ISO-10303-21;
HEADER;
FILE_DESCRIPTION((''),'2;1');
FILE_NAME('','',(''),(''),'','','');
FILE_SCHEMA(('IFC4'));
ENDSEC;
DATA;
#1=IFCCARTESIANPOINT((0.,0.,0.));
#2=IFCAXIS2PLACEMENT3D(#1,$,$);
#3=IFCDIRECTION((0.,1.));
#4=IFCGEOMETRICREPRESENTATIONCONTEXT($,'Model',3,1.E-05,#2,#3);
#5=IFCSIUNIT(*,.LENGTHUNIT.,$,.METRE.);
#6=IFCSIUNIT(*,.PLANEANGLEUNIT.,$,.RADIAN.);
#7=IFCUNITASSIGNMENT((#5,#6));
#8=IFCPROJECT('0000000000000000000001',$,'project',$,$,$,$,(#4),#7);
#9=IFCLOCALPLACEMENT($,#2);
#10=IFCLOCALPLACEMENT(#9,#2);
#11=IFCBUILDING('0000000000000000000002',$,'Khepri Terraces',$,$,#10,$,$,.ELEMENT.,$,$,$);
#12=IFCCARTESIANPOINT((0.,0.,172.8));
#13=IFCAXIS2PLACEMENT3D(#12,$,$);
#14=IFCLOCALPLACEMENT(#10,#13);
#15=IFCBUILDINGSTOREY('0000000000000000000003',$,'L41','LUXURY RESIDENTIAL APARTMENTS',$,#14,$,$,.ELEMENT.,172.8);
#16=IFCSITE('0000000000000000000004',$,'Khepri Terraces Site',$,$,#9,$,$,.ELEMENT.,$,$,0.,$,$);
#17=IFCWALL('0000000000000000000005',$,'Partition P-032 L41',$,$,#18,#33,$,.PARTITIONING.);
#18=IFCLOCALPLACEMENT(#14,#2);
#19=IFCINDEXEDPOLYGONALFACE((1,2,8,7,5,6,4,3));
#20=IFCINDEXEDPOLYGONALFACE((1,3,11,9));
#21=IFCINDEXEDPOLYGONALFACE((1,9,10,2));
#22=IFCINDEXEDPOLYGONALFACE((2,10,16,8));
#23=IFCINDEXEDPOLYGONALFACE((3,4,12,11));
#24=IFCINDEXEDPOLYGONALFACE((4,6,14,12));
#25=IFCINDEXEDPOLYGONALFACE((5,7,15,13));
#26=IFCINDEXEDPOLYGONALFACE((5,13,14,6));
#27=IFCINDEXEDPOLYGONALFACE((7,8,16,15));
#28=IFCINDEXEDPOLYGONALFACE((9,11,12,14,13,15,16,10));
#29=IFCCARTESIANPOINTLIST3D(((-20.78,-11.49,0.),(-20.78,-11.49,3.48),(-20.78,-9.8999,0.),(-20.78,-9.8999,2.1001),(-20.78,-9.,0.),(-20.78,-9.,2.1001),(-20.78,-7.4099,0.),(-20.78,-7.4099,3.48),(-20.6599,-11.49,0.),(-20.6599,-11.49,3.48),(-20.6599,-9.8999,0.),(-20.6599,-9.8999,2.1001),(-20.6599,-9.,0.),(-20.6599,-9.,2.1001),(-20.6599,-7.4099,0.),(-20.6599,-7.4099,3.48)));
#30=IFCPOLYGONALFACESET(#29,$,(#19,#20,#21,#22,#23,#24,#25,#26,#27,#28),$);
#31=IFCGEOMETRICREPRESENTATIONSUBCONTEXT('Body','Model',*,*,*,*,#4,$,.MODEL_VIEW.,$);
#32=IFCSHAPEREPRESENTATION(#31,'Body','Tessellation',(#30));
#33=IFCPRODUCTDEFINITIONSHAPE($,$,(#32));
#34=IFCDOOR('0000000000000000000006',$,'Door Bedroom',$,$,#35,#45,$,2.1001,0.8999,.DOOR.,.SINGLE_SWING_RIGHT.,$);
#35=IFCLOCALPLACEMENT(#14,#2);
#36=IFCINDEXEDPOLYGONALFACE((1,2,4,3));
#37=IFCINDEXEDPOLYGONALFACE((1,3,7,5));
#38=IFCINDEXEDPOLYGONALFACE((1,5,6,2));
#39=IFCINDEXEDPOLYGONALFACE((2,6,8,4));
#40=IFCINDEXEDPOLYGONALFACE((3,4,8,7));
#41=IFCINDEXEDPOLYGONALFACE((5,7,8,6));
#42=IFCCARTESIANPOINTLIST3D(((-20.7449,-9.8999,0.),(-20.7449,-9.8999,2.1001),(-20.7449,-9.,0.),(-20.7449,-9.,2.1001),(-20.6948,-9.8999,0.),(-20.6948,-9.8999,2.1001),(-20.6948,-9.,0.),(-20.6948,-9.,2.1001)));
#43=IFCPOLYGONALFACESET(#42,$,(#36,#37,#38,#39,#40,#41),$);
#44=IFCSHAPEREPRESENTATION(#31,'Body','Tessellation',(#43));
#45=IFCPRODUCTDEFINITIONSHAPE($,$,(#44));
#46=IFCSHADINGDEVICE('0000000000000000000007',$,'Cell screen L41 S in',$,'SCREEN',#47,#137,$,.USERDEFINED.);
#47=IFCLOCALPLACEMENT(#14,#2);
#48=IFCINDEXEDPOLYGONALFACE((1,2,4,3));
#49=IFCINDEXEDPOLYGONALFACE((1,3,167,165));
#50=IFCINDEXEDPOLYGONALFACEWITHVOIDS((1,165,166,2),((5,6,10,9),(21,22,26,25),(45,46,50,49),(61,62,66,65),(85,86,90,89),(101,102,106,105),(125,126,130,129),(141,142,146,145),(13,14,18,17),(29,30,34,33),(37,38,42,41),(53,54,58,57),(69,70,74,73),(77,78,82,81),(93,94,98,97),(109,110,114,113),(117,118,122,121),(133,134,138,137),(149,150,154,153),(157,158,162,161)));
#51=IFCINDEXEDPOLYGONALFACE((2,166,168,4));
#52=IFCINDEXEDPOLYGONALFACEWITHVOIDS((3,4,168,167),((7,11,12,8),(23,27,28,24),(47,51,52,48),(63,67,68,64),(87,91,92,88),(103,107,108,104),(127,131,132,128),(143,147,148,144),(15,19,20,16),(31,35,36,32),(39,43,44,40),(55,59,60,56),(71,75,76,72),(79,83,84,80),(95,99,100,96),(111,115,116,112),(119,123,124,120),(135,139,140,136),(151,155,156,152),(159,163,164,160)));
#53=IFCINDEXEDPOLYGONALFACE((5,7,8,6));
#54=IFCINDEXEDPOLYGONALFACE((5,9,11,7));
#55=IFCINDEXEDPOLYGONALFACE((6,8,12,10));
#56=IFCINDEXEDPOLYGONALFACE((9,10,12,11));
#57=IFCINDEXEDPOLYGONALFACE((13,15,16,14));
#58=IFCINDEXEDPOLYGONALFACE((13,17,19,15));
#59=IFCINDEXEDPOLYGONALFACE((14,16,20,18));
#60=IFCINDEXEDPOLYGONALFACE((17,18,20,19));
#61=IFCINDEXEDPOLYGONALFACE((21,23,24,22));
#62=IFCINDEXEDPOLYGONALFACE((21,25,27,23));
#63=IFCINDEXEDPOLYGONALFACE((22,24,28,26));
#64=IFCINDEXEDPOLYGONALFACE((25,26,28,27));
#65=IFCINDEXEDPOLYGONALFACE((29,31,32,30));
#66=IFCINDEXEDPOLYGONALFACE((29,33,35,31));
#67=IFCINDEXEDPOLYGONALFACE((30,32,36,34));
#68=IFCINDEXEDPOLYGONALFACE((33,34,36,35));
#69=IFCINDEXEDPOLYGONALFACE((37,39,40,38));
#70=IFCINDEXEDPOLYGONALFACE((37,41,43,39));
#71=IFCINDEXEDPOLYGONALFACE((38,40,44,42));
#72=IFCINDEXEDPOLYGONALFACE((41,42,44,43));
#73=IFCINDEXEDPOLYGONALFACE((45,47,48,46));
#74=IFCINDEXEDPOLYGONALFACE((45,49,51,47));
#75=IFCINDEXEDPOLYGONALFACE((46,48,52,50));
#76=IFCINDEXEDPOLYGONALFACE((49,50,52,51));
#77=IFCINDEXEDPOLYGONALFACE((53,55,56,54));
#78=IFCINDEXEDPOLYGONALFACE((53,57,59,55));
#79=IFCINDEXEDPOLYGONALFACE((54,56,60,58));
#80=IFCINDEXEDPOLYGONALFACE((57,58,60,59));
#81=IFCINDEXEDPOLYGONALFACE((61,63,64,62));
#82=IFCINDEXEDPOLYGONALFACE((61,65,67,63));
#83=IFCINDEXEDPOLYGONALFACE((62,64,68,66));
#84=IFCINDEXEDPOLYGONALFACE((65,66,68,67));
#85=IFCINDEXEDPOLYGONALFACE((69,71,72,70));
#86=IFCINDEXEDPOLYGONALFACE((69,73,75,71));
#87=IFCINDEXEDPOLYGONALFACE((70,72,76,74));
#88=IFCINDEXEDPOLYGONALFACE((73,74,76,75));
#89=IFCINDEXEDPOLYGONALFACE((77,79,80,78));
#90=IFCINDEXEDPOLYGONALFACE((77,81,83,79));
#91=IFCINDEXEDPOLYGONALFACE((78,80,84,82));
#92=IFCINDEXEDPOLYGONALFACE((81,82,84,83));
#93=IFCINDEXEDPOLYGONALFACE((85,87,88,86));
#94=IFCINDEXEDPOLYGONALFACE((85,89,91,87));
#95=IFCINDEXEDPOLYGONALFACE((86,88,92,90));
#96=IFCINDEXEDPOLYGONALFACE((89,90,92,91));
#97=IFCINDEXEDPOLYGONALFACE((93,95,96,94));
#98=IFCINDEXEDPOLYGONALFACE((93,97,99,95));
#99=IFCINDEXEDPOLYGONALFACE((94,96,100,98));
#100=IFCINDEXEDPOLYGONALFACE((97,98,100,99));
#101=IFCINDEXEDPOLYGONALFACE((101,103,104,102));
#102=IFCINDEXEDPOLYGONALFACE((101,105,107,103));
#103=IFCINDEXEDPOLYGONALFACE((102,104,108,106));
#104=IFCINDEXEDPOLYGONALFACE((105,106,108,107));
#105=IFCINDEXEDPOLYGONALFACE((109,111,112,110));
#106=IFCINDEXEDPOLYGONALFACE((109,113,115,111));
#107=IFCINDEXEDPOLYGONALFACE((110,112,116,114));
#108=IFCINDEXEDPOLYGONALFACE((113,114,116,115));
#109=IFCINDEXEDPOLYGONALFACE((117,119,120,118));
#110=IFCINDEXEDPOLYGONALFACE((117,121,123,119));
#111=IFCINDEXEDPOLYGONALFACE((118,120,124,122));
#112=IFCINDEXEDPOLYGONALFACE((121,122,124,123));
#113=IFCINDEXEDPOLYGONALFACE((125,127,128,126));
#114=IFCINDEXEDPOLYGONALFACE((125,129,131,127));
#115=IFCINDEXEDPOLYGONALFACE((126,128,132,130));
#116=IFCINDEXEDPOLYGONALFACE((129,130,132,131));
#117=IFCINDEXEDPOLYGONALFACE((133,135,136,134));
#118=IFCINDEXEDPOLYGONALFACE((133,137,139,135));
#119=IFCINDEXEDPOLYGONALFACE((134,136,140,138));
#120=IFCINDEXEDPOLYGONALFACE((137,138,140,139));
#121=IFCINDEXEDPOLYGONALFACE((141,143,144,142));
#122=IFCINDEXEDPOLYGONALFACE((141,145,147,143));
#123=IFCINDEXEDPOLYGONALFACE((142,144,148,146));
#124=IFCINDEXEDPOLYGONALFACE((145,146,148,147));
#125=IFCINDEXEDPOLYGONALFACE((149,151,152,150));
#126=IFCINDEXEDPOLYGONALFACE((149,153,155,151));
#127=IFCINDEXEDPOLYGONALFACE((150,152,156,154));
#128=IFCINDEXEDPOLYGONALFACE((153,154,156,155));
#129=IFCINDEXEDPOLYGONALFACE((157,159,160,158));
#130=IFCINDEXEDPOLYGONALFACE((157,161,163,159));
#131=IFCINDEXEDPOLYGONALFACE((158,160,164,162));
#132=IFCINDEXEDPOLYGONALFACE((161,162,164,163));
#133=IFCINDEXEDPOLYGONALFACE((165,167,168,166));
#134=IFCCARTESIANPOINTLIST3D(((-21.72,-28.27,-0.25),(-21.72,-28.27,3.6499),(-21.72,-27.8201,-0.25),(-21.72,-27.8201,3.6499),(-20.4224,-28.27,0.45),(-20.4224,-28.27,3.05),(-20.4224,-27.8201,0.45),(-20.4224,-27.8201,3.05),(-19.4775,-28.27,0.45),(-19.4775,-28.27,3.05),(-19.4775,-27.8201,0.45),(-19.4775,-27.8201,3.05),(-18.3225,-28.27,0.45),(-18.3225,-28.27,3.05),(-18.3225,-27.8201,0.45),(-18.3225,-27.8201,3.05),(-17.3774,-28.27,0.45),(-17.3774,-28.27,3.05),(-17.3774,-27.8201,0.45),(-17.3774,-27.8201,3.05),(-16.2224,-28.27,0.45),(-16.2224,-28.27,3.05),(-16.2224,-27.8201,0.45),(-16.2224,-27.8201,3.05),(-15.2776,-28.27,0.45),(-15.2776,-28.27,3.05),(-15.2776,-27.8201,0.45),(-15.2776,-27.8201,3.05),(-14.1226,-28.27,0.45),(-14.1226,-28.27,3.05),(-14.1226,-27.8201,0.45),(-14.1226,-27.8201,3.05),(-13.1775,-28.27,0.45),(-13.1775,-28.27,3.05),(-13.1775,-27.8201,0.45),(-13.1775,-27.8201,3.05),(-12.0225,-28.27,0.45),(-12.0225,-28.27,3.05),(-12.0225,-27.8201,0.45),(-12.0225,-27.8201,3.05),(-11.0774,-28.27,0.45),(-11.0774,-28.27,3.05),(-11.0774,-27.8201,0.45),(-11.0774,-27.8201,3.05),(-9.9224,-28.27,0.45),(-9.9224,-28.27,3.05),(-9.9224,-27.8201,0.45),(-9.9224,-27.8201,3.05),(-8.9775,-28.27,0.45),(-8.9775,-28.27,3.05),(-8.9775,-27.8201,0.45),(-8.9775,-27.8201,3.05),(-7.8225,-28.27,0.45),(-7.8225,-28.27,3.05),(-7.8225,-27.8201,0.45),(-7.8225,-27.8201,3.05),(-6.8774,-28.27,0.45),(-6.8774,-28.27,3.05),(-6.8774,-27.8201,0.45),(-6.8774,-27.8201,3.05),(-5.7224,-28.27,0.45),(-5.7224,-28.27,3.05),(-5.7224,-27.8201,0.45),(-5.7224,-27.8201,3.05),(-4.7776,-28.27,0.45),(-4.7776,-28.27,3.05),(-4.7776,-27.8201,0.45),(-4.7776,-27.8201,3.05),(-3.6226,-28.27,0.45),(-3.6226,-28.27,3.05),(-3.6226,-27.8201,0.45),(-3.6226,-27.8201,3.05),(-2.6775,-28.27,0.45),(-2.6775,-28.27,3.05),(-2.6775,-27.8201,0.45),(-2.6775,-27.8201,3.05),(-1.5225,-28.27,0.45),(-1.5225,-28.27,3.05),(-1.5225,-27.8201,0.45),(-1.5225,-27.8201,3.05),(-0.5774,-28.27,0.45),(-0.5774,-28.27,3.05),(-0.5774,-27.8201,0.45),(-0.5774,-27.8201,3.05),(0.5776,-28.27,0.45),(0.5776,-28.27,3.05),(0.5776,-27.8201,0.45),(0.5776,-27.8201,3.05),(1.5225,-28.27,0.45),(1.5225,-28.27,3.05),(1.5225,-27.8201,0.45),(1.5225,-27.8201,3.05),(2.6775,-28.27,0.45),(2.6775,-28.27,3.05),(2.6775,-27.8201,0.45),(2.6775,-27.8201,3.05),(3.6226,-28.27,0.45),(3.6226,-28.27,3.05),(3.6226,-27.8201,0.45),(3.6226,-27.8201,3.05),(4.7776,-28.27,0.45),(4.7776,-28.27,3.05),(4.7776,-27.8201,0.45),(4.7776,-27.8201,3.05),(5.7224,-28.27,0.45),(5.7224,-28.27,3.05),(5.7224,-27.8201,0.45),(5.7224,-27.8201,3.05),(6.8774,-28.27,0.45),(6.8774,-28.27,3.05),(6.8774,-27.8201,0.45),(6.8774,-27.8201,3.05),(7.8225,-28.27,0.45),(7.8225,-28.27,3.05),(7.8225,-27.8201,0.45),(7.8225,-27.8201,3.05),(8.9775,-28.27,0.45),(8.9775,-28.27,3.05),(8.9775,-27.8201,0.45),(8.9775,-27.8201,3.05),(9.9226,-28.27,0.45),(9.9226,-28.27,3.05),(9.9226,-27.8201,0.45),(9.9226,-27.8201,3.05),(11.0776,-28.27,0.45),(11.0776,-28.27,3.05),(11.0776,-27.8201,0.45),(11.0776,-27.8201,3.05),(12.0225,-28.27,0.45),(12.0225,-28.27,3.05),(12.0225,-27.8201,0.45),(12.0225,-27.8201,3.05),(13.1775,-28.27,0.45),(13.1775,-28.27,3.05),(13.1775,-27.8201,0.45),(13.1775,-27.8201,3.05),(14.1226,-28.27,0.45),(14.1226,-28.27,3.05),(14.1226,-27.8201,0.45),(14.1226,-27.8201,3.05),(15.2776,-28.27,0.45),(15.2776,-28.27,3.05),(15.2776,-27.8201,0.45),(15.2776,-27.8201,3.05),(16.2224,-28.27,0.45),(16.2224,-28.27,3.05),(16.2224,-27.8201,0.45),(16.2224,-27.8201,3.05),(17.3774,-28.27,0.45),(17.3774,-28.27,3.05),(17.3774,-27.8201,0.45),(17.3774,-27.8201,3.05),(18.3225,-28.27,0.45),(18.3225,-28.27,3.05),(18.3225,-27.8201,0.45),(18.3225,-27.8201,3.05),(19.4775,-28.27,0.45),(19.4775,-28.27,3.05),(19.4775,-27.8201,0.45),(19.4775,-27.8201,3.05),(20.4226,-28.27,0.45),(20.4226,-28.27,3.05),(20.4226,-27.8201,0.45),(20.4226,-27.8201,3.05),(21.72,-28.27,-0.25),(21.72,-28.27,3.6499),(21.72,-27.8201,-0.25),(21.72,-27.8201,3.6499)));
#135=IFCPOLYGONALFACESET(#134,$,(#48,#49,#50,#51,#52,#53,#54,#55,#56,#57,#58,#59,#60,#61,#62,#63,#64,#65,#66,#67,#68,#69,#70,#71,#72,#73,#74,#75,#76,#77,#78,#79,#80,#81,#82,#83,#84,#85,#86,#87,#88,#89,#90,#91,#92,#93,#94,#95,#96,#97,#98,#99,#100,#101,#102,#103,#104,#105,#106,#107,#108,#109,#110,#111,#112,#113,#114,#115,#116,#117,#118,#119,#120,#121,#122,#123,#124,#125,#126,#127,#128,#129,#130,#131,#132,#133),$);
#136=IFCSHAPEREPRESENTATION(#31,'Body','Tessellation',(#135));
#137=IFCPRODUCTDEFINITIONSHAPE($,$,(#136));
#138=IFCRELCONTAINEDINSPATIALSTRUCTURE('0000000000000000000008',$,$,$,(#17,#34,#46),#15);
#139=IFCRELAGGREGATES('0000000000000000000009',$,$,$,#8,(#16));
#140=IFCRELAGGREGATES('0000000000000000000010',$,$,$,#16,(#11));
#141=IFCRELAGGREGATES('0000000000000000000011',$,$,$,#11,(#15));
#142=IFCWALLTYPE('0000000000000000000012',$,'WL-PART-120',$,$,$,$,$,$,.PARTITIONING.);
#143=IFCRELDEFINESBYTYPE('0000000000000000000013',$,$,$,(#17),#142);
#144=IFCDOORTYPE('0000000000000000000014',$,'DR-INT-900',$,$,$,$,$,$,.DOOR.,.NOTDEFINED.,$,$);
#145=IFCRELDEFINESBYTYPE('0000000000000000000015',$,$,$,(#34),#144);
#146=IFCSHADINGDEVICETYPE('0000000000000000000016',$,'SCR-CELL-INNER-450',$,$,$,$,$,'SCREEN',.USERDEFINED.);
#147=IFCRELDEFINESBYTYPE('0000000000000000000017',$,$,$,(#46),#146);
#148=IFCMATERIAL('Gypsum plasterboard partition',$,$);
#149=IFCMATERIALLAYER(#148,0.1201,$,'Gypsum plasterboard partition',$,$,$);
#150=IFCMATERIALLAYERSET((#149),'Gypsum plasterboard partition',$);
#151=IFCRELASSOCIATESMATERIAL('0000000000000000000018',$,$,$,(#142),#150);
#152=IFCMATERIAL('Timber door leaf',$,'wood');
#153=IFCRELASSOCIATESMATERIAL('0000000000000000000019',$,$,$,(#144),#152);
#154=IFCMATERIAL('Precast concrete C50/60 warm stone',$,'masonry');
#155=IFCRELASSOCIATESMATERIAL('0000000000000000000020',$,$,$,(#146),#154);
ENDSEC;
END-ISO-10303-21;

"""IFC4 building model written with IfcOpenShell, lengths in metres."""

from ifc_helpers import new_model, si_unit, direction, frame, frame_2d, origin, place, context, subcontext, project, spatial, polyline, rectangle, outline, extrude, material, layer, layer_set, type_object, element, fill, save


model = new_model("IFC4")

# Units and contexts
model_context = context("Model", 3, precision=1e-05, world=origin(), true_north=direction((0.0, 1.0)))
body_context = subcontext(model_context, "Body", "Model", "MODEL_VIEW")
ifc_project = project(units=[si_unit("LENGTHUNIT", "METRE"), si_unit("PLANEANGLEUNIT", "RADIAN")], contexts=[model_context])

# Site, building, storey
site_placement = place(None, origin())
site = spatial("IfcSite", under=ifc_project, at=site_placement, Name="Khepri Terraces Site", CompositionType="ELEMENT", RefElevation=0.0)
building_placement = place(site_placement, origin())
building = spatial("IfcBuilding", under=site, at=building_placement, Name="Khepri Terraces", CompositionType="ELEMENT")
storey_placement = place(building_placement, frame((0.0, 0.0, 172.8)))
storey = spatial("IfcBuildingStorey", under=building, at=storey_placement, Name="L41", Description="LUXURY RESIDENTIAL APARTMENTS", CompositionType="ELEMENT", Elevation=172.8)

# Shared definitions
ifc_material_1 = material(Name="Precast concrete C50/60 warm stone", Category="masonry")

# Shared definitions
ifc_material_2 = material(Name="Gypsum plasterboard partition")
ifc_layer_1 = layer(ifc_material_2, 0.1201, Name="Gypsum plasterboard partition")
ifc_layer_set_1 = layer_set([ifc_layer_1], Name="Gypsum plasterboard partition")
wall_type_1 = type_object("IfcWallType", Name="WL-PART-120", PredefinedType="PARTITIONING", material=ifc_layer_set_1)
ifc_material_3 = material(Name="Timber door leaf", Category="wood")
door_type_1 = type_object("IfcDoorType", Name="DR-INT-900", OperationType="NOTDEFINED", PredefinedType="DOOR", material=ifc_material_3)

# Wall, opening, door
wall_1_placement = place(storey_placement, frame((-20.72, -11.49, 0.0), z_axis=(0.0, 0.0, 1.0), x_axis=(0.0, 1.0, 0.0)))
wall_1 = element("IfcWall", 1, at=wall_1_placement, inside=storey, type_object=wall_type_1, Name="Partition P-032 L41", PredefinedType="PARTITIONING", context=body_context, shape_type="SweptSolid", body=[
    extrude(rectangle(XDim=4.0801, YDim=0.1201, at=frame_2d((2.04, 0.0))), origin(), (0.0, 0.0, 1.0), 3.48),
])
opening_1_placement = place(wall_1_placement, frame((1.5901, 0.0, 0.0)))
opening_1 = element("IfcOpeningElement", 2, at=opening_1_placement, cuts=wall_1, PredefinedType="OPENING", context=body_context, shape_type="SweptSolid", body=[
    extrude(rectangle(XDim=0.8999, YDim=2.1001, at=frame_2d((0.45, 1.05))), frame((0.0, 0.0701, 0.0), z_axis=(0.0, -1.0, 0.0), x_axis=(1.0, 0.0, 0.0)), (0.0, 0.0, 1.0), 0.1401),
])
door_1_placement = place(opening_1_placement, origin())
door_1 = element("IfcDoor", 3, at=door_1_placement, inside=storey, type_object=door_type_1, Name="Door Bedroom", OperationType="SINGLE_SWING_RIGHT", OverallHeight=2.1001, OverallWidth=0.8999, PredefinedType="DOOR", context=body_context, shape_type="SweptSolid", body=[
    extrude(rectangle(XDim=0.8999, YDim=2.1001, at=frame_2d((0.45, 1.05))), frame((0.0, 0.0249, 0.0), z_axis=(0.0, -1.0, 0.0), x_axis=(1.0, 0.0, 0.0)), (0.0, 0.0, 1.0), 0.05),
])
fill(opening_1, door_1)

# Shading device
shading_device_type_1 = type_object("IfcShadingDeviceType", Name="SCR-CELL-INNER-450", ElementType="SCREEN", PredefinedType="USERDEFINED", material=ifc_material_1)
shading_device_1_placement = place(storey_placement, frame((-21.72, -27.8201, -0.25), z_axis=(0.0, -1.0, 0.0), x_axis=(1.0, 0.0, 0.0)))
element("IfcShadingDevice", 4, at=shading_device_1_placement, inside=storey, type_object=shading_device_type_1, Name="Cell screen L41 S in", ObjectType="SCREEN", PredefinedType="USERDEFINED", context=body_context, shape_type="SweptSolid", body=[
    extrude(outline(polyline([(0.0, 0.0), (43.4399, 0.0), (43.4399, 3.8999), (0.0, 3.8999), (0.0, 0.0)]), holes=[polyline([(1.2976, 0.7), (2.2424, 0.7), (2.2424, 3.3), (1.2976, 3.3), (1.2976, 0.7)]), polyline([(3.3975, 0.7), (4.3425, 0.7), (4.3425, 3.3), (3.3975, 3.3), (3.3975, 0.7)]), polyline([(5.4976, 0.7), (6.4424, 0.7), (6.4424, 3.3), (5.4976, 3.3), (5.4976, 0.7)]), polyline([(7.5974, 0.7), (8.5425, 0.7), (8.5425, 3.3), (7.5974, 3.3), (7.5974, 0.7)]), polyline([(9.6975, 0.7), (10.6426, 0.7), (10.6426, 3.3), (9.6975, 3.3), (9.6975, 0.7)]), polyline([(11.7976, 0.7), (12.7424, 0.7), (12.7424, 3.3), (11.7976, 3.3), (11.7976, 0.7)]), polyline([(13.8975, 0.7), (14.8425, 0.7), (14.8425, 3.3), (13.8975, 3.3), (13.8975, 0.7)]), polyline([(15.9976, 0.7), (16.9424, 0.7), (16.9424, 3.3), (15.9976, 3.3), (15.9976, 0.7)]), polyline([(18.0974, 0.7), (19.0425, 0.7), (19.0425, 3.3), (18.0974, 3.3), (18.0974, 0.7)]), polyline([(20.1975, 0.7), (21.1426, 0.7), (21.1426, 3.3), (20.1975, 3.3), (20.1975, 0.7)]), polyline([(22.2976, 0.7), (23.2424, 0.7), (23.2424, 3.3), (22.2976, 3.3), (22.2976, 0.7)]), polyline([(24.3975, 0.7), (25.3425, 0.7), (25.3425, 3.3), (24.3975, 3.3), (24.3975, 0.7)]), polyline([(26.4976, 0.7), (27.4424, 0.7), (27.4424, 3.3), (26.4976, 3.3), (26.4976, 0.7)]), polyline([(28.5974, 0.7), (29.5425, 0.7), (29.5425, 3.3), (28.5974, 3.3), (28.5974, 0.7)]), polyline([(30.6975, 0.7), (31.6426, 0.7), (31.6426, 3.3), (30.6975, 3.3), (30.6975, 0.7)]), polyline([(32.7976, 0.7), (33.7424, 0.7), (33.7424, 3.3), (32.7976, 3.3), (32.7976, 0.7)]), polyline([(34.8975, 0.7), (35.8425, 0.7), (35.8425, 3.3), (34.8975, 3.3), (34.8975, 0.7)]), polyline([(36.9976, 0.7), (37.9424, 0.7), (37.9424, 3.3), (36.9976, 3.3), (36.9976, 0.7)]), polyline([(39.0974, 0.7), (40.0425, 0.7), (40.0425, 3.3), (39.0974, 3.3), (39.0974, 0.7)]), polyline([(41.1975, 0.7), (42.1426, 0.7), (42.1426, 3.3), (41.1975, 3.3), (41.1975, 0.7)])]), origin(), (0.0, 0.0, 1.0), 0.45),
])

save(model, "model.ifc")
